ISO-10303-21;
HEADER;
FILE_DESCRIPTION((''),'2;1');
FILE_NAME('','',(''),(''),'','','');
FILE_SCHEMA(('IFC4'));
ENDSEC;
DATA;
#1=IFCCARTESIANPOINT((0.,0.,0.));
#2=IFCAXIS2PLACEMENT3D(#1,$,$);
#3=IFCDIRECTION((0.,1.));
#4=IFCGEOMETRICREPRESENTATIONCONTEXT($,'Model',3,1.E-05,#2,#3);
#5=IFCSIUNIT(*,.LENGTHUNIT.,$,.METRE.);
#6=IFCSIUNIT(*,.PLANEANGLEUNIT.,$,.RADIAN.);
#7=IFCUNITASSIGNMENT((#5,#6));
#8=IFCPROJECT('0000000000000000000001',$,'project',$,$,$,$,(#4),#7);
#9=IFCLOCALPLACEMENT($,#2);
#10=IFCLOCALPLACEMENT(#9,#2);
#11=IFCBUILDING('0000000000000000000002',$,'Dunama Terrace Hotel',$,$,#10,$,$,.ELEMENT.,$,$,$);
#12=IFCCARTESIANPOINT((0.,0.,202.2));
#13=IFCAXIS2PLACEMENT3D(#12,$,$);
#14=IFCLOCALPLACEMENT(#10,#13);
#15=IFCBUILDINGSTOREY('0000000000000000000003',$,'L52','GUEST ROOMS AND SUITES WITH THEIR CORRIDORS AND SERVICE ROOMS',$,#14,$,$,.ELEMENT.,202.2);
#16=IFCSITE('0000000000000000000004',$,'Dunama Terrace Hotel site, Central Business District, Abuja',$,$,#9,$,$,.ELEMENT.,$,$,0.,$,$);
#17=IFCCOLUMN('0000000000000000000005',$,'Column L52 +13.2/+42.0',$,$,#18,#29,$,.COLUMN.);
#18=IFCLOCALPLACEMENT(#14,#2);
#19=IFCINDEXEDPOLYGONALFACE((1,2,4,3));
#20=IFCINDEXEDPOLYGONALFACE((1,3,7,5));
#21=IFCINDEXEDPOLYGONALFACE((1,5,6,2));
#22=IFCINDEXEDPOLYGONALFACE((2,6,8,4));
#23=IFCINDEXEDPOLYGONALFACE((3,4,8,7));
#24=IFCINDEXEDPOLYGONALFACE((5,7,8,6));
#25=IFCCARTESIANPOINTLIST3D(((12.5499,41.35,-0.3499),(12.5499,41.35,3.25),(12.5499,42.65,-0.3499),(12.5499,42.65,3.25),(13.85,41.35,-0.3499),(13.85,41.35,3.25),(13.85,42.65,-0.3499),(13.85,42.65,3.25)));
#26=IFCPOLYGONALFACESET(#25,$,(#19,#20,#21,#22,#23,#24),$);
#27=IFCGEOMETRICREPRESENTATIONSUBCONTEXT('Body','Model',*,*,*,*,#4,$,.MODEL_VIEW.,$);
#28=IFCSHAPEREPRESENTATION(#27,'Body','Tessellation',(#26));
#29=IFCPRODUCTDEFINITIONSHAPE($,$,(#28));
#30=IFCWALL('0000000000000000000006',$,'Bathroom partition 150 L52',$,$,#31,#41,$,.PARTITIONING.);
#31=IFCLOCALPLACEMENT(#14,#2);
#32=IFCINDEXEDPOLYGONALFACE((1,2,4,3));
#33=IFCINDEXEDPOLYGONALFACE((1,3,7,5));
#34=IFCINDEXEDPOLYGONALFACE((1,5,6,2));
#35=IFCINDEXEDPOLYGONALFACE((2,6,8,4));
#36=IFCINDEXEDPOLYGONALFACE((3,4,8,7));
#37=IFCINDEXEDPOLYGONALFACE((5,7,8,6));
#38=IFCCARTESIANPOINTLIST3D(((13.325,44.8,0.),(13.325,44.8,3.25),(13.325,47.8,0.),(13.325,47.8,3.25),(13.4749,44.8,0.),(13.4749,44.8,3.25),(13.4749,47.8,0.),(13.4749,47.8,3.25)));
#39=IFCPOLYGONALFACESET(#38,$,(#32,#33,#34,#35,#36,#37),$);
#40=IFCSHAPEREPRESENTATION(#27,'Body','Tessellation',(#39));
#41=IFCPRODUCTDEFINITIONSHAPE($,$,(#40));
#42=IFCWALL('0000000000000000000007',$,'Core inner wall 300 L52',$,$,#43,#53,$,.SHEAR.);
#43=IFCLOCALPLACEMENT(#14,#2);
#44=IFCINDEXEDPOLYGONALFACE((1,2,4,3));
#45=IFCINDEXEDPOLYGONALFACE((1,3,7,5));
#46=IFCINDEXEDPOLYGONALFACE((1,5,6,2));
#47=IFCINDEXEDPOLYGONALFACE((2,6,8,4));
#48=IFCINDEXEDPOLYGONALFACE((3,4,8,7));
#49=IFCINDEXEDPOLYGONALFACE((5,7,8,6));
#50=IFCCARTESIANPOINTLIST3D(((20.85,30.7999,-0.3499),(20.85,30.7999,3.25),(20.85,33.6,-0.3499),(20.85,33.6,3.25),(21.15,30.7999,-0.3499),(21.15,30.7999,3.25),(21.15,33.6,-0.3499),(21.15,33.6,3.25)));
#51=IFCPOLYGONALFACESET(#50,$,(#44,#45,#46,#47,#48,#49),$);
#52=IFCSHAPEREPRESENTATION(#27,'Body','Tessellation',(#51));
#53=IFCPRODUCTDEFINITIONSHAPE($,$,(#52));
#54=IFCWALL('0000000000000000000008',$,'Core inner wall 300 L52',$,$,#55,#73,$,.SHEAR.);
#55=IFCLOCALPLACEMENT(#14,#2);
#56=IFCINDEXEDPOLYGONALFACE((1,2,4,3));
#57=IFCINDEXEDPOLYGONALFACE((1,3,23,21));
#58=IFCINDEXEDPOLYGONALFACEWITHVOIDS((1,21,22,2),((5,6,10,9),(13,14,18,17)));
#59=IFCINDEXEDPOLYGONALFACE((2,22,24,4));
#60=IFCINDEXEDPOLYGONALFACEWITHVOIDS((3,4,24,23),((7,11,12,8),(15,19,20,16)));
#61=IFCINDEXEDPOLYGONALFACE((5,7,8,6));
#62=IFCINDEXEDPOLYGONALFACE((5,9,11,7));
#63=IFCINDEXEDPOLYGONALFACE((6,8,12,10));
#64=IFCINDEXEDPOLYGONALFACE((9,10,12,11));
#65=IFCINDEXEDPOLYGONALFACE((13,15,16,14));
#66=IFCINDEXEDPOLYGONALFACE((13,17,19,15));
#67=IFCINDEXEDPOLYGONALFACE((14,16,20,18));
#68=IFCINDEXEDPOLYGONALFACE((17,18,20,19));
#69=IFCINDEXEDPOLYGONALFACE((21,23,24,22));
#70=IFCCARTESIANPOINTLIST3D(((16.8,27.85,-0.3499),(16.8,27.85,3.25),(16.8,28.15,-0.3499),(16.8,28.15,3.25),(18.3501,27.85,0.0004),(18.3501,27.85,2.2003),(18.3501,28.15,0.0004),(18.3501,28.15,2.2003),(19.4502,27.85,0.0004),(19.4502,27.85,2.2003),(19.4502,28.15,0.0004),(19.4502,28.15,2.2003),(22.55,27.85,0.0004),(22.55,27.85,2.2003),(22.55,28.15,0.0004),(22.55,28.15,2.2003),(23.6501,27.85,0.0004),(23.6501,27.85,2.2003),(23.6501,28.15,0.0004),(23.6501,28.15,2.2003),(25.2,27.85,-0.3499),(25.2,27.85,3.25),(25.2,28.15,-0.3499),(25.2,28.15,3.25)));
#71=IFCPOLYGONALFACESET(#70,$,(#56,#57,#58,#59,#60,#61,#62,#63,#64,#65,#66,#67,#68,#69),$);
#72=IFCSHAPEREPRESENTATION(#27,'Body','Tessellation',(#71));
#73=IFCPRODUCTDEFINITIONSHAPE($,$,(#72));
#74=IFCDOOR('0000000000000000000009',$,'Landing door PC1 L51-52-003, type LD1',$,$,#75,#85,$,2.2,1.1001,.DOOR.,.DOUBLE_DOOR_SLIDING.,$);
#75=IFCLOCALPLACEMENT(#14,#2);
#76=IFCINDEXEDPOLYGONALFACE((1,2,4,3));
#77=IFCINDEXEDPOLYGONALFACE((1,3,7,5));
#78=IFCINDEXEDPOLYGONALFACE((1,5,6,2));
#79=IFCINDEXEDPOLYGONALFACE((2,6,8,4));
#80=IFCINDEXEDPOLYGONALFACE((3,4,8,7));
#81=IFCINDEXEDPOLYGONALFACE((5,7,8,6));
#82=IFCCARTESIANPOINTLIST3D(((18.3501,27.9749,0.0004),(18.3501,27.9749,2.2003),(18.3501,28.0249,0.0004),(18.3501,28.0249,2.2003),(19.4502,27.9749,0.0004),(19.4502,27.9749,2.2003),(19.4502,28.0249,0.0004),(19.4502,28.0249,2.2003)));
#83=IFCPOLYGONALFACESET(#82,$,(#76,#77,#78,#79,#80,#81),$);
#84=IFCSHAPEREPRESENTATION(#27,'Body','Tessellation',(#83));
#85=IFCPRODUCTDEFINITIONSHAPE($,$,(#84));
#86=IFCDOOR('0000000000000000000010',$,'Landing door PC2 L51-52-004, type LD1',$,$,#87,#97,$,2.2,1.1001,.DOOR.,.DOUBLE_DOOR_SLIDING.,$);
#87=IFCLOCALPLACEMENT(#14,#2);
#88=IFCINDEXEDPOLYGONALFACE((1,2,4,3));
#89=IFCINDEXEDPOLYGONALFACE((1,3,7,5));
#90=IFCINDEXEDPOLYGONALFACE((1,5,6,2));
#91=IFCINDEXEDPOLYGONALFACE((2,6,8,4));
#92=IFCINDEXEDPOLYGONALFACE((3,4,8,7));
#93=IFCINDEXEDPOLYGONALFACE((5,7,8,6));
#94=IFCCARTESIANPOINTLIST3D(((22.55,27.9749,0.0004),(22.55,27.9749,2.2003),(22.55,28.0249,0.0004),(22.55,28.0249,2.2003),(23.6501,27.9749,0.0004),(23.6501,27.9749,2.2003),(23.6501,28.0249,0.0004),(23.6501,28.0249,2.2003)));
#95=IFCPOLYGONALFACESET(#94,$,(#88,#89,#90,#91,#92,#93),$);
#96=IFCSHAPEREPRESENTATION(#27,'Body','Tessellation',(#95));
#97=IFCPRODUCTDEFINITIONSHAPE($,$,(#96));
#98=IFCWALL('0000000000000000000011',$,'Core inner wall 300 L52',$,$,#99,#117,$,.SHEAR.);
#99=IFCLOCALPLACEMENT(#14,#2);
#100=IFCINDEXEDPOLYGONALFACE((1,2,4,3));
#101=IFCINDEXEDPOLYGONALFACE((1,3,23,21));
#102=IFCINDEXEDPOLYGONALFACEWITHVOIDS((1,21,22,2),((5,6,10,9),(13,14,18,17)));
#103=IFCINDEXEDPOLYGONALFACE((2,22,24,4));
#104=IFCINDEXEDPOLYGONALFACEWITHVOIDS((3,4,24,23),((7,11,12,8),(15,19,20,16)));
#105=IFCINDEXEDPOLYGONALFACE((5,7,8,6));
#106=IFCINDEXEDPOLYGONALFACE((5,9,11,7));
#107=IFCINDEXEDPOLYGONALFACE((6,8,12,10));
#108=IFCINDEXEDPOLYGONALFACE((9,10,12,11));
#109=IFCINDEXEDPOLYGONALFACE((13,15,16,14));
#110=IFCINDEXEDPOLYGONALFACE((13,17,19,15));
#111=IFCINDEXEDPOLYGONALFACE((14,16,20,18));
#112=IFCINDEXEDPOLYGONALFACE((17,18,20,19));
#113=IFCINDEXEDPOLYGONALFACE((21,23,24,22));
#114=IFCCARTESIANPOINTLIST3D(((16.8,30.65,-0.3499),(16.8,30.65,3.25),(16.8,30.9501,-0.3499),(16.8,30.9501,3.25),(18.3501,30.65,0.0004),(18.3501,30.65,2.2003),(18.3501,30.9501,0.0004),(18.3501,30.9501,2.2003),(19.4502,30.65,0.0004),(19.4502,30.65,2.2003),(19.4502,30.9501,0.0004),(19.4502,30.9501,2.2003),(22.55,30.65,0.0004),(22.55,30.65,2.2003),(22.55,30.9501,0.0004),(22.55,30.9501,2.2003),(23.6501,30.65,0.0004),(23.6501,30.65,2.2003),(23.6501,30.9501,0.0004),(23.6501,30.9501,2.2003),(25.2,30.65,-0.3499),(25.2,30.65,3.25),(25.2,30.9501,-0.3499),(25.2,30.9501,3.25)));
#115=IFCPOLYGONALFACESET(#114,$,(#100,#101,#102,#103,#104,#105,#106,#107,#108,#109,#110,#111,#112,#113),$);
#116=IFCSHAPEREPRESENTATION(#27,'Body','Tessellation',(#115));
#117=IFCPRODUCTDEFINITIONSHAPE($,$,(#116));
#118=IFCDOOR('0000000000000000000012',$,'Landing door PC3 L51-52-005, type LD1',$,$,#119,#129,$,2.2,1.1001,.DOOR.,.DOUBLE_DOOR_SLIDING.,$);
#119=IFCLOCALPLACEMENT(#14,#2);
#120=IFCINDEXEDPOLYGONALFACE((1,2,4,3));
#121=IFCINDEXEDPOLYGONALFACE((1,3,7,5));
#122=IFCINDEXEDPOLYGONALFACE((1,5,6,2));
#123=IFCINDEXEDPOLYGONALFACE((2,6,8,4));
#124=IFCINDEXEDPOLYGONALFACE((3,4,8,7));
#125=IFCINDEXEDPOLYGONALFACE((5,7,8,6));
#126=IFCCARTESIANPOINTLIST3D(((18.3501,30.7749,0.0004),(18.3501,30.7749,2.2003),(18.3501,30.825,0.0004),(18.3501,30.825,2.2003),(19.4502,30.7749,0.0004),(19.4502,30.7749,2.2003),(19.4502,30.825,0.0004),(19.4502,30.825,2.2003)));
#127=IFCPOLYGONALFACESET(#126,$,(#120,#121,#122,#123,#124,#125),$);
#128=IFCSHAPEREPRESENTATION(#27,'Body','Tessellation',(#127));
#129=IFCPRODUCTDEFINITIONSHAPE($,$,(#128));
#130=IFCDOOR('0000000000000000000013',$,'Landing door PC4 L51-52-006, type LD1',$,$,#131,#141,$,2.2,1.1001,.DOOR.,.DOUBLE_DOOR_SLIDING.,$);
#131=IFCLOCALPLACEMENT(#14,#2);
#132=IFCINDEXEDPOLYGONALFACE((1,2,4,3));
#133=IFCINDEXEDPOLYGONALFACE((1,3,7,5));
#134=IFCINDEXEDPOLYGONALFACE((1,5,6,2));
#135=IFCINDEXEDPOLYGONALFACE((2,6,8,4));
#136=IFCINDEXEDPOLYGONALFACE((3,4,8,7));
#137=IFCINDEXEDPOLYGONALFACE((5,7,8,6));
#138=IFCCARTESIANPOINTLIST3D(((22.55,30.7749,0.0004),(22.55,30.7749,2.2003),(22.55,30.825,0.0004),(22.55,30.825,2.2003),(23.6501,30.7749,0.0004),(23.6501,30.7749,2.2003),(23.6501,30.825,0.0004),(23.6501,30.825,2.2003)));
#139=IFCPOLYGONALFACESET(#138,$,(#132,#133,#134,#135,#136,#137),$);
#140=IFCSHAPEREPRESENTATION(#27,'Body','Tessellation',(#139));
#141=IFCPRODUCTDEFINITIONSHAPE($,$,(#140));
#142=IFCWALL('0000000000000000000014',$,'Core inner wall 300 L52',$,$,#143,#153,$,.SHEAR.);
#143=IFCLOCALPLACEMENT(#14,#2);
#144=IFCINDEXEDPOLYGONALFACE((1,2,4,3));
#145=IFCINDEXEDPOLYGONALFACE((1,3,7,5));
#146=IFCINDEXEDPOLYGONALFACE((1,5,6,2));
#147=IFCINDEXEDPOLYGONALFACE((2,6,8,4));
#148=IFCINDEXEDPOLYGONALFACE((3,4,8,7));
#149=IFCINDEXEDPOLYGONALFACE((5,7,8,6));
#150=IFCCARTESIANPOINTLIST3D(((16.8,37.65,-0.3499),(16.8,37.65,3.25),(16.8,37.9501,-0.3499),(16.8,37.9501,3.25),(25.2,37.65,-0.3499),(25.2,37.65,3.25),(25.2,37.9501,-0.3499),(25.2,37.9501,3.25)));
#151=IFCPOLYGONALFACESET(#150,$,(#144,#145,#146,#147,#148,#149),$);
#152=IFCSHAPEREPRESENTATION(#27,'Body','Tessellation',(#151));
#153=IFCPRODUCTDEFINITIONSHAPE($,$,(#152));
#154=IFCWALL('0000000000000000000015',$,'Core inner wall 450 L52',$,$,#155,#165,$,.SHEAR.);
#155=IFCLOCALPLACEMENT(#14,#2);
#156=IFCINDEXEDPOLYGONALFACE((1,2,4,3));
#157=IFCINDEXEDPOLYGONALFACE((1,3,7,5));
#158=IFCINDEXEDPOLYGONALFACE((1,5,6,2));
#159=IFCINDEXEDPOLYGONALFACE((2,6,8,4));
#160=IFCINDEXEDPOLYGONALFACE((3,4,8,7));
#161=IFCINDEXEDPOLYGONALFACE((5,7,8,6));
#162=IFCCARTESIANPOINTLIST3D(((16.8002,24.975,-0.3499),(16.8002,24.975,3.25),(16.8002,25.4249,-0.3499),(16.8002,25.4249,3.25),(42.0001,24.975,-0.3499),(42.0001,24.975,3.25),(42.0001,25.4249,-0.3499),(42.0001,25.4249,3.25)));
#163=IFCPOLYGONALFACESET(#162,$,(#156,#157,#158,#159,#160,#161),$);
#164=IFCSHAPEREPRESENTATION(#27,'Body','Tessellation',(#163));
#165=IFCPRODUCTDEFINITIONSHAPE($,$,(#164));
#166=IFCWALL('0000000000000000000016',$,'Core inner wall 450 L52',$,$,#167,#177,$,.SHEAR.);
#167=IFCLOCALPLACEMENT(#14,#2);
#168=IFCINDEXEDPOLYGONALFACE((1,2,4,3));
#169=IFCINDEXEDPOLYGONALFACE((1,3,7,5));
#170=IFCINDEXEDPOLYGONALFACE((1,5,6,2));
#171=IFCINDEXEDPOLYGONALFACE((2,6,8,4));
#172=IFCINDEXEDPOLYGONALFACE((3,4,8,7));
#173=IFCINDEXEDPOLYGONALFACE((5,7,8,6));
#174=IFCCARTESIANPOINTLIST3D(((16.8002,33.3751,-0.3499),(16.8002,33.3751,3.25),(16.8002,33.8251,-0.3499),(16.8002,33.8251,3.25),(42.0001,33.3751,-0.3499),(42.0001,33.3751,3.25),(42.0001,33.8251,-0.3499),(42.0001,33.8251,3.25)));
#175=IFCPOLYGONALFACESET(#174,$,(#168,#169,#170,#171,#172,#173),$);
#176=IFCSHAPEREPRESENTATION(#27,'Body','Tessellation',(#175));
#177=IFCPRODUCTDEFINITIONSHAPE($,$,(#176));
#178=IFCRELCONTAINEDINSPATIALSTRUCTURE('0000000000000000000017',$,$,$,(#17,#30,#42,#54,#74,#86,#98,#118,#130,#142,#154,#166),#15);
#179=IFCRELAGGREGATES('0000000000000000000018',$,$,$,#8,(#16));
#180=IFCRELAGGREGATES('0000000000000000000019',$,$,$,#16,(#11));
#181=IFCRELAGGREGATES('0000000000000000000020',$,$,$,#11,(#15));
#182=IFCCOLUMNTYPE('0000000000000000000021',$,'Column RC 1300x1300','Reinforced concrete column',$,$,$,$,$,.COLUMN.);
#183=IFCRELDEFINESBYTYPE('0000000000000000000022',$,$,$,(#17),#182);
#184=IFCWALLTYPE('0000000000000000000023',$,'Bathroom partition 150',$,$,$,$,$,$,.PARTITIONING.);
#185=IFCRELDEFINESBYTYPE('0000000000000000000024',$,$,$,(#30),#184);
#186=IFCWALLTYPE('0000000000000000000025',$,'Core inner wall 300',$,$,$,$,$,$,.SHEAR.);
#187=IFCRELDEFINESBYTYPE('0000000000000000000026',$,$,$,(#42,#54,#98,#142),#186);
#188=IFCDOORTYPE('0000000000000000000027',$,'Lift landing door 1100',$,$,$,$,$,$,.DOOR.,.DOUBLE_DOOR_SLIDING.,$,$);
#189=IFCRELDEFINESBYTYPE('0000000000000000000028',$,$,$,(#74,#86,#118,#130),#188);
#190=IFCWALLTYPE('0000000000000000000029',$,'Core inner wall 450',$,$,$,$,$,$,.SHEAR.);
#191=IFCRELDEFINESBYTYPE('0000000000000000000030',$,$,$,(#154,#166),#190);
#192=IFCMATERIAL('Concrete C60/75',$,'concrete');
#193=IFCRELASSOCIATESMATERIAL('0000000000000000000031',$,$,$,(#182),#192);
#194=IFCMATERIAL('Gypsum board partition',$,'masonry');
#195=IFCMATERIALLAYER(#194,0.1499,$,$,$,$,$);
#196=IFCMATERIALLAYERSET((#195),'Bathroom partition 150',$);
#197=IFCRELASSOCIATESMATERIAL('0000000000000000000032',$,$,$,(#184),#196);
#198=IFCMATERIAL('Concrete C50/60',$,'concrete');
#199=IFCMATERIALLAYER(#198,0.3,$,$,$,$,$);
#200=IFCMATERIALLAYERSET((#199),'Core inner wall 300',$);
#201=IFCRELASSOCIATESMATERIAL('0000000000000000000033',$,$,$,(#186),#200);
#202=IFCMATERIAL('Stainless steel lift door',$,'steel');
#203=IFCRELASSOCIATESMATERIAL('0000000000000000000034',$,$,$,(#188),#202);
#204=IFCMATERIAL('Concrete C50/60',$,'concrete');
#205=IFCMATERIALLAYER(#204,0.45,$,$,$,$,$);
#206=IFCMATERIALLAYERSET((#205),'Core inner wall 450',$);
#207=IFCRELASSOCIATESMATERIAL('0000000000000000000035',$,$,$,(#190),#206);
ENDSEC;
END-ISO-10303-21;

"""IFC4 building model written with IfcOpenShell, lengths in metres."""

from ifc_helpers import new_model, si_unit, direction, frame, frame_2d, origin, origin_2d, place, context, subcontext, project, spatial, rectangle, extrude, material, layer, layer_set, material_profile, profile_set, type_object, element, fill, save


model = new_model("IFC4")

# Units and contexts
model_context = context("Model", 3, precision=1e-05, world=origin(), true_north=direction((0.0, 1.0)))
body_context = subcontext(model_context, "Body", "Model", "MODEL_VIEW")
ifc_project = project(units=[si_unit("LENGTHUNIT", "METRE"), si_unit("PLANEANGLEUNIT", "RADIAN")], contexts=[model_context])

# Site, building, storey
site_placement = place(None, origin())
site = spatial("IfcSite", under=ifc_project, at=site_placement, Name="Dunama Terrace Hotel site, Central Business District, Abuja", CompositionType="ELEMENT", RefElevation=0.0)
building_placement = place(site_placement, origin())
building = spatial("IfcBuilding", under=site, at=building_placement, Name="Dunama Terrace Hotel", CompositionType="ELEMENT")
storey_placement = place(building_placement, frame((0.0, 0.0, 202.2)))
storey = spatial("IfcBuildingStorey", under=building, at=storey_placement, Name="L52", Description="GUEST ROOMS AND SUITES WITH THEIR CORRIDORS AND SERVICE ROOMS", CompositionType="ELEMENT", Elevation=202.2)

# Column
ifc_material_1 = material(Name="Concrete C60/75", Category="concrete")
ifc_material_profile = material_profile(ifc_material_1, rectangle(XDim=1.3, YDim=1.3, at=origin_2d()), Name="RC 1300x1300")
ifc_profile_set = profile_set([ifc_material_profile], Name="Concrete C60/75")
column_type = type_object("IfcColumnType", Name="Column RC 1300x1300", Description="Reinforced concrete column", PredefinedType="COLUMN", material=ifc_profile_set)
column_placement = place(storey_placement, frame((13.2, 42.0, -0.3499), z_axis=(0.0, 0.0, 1.0), x_axis=(1.0, 0.0, 0.0)))
element("IfcColumn", 1, at=column_placement, inside=storey, type_object=column_type, Name="Column L52 +13.2/+42.0", PredefinedType="COLUMN", context=body_context, shape_type="SweptSolid", body=[
    extrude(rectangle(XDim=1.3, YDim=1.3, at=origin_2d()), origin(), (0.0, 0.0, 1.0), 3.5999),
])

# Walls
ifc_material_2 = material(Name="Gypsum board partition", Category="masonry")
ifc_layer_1 = layer(ifc_material_2, 0.1499)
ifc_layer_set_1 = layer_set([ifc_layer_1], Name="Bathroom partition 150")
wall_type_1 = type_object("IfcWallType", Name="Bathroom partition 150", PredefinedType="PARTITIONING", material=ifc_layer_set_1)
wall_1_placement = place(storey_placement, frame((13.3999, 44.8, 0.0), z_axis=(0.0, 0.0, 1.0), x_axis=(0.0, 1.0, 0.0)))
element("IfcWall", 2, at=wall_1_placement, inside=storey, type_object=wall_type_1, Name="Bathroom partition 150 L52", PredefinedType="PARTITIONING", context=body_context, shape_type="SweptSolid", body=[
    extrude(rectangle(XDim=3.0, YDim=0.1499, at=frame_2d((1.5, 0.0))), origin(), (0.0, 0.0, 1.0), 3.25),
])
ifc_material_3 = material(Name="Concrete C50/60", Category="concrete")
ifc_layer_2 = layer(ifc_material_3, 0.3)
ifc_layer_set_2 = layer_set([ifc_layer_2], Name="Core inner wall 300")
wall_type_2 = type_object("IfcWallType", Name="Core inner wall 300", PredefinedType="SHEAR", material=ifc_layer_set_2)
wall_2_placement = place(storey_placement, frame((21.0, 30.8, -0.3499), z_axis=(0.0, 0.0, 1.0), x_axis=(0.0, 1.0, 0.0)))
element("IfcWall", 3, at=wall_2_placement, inside=storey, type_object=wall_type_2, Name="Core inner wall 300 L52", PredefinedType="SHEAR", context=body_context, shape_type="SweptSolid", body=[
    extrude(rectangle(XDim=2.8, YDim=0.3, at=frame_2d((1.3999, 0.0))), origin(), (0.0, 0.0, 1.0), 3.5999),
])

# Walls, openings, doors
wall_3_placement = place(storey_placement, frame((16.8, 28.0, -0.3499), z_axis=(0.0, 0.0, 1.0), x_axis=(1.0, 0.0, 0.0)))
wall_3 = element("IfcWall", 4, at=wall_3_placement, inside=storey, type_object=wall_type_2, Name="Core inner wall 300 L52", PredefinedType="SHEAR", context=body_context, shape_type="SweptSolid", body=[
    extrude(rectangle(XDim=8.3999, YDim=0.3, at=frame_2d((4.2, 0.0))), origin(), (0.0, 0.0, 1.0), 3.5999),
])
opening_1_placement = place(wall_3_placement, frame((1.55, 0.0, 0.3501)))
opening_1 = element("IfcOpeningElement", 5, at=opening_1_placement, cuts=wall_3, PredefinedType="OPENING", context=body_context, shape_type="SweptSolid", body=[
    extrude(rectangle(XDim=1.1001, YDim=2.2, at=frame_2d((0.55, 1.1001))), frame((0.0, 0.1599, 0.0), z_axis=(0.0, -1.0, 0.0), x_axis=(1.0, 0.0, 0.0)), (0.0, 0.0, 1.0), 0.3201),
])
opening_2_placement = place(wall_3_placement, frame((5.75, 0.0, 0.3501)))
opening_2 = element("IfcOpeningElement", 6, at=opening_2_placement, cuts=wall_3, PredefinedType="OPENING", context=body_context, shape_type="SweptSolid", body=[
    extrude(rectangle(XDim=1.1001, YDim=2.2, at=frame_2d((0.55, 1.1001))), frame((0.0, 0.1599, 0.0), z_axis=(0.0, -1.0, 0.0), x_axis=(1.0, 0.0, 0.0)), (0.0, 0.0, 1.0), 0.3201),
])
ifc_material_4 = material(Name="Stainless steel lift door", Category="steel")
door_type_1 = type_object("IfcDoorType", Name="Lift landing door 1100", OperationType="DOUBLE_DOOR_SLIDING", PredefinedType="DOOR", material=ifc_material_4)
door_1_placement = place(opening_1_placement, origin())
door_1 = element("IfcDoor", 7, at=door_1_placement, inside=storey, type_object=door_type_1, Name="Landing door PC1 L51-52-003, type LD1", OperationType="DOUBLE_DOOR_SLIDING", OverallHeight=2.2, OverallWidth=1.1001, PredefinedType="DOOR", context=body_context, shape_type="SweptSolid", body=[
    extrude(rectangle(XDim=1.1001, YDim=2.2, at=frame_2d((0.55, 1.1001))), frame((0.0, 0.0249, 0.0), z_axis=(0.0, -1.0, 0.0), x_axis=(1.0, 0.0, 0.0)), (0.0, 0.0, 1.0), 0.05),
])
fill(opening_1, door_1)
door_2_placement = place(opening_2_placement, origin())
door_2 = element("IfcDoor", 8, at=door_2_placement, inside=storey, type_object=door_type_1, Name="Landing door PC2 L51-52-004, type LD1", OperationType="DOUBLE_DOOR_SLIDING", OverallHeight=2.2, OverallWidth=1.1001, PredefinedType="DOOR", context=body_context, shape_type="SweptSolid", body=[
    extrude(rectangle(XDim=1.1001, YDim=2.2, at=frame_2d((0.55, 1.1001))), frame((0.0, 0.0249, 0.0), z_axis=(0.0, -1.0, 0.0), x_axis=(1.0, 0.0, 0.0)), (0.0, 0.0, 1.0), 0.05),
])
fill(opening_2, door_2)
wall_4_placement = place(storey_placement, frame((16.8, 30.8, -0.3499), z_axis=(0.0, 0.0, 1.0), x_axis=(1.0, 0.0, 0.0)))
wall_4 = element("IfcWall", 9, at=wall_4_placement, inside=storey, type_object=wall_type_2, Name="Core inner wall 300 L52", PredefinedType="SHEAR", context=body_context, shape_type="SweptSolid", body=[
    extrude(rectangle(XDim=8.3999, YDim=0.3, at=frame_2d((4.2, 0.0))), origin(), (0.0, 0.0, 1.0), 3.5999),
])
opening_3_placement = place(wall_4_placement, frame((1.55, 0.0, 0.3501)))
opening_3 = element("IfcOpeningElement", 10, at=opening_3_placement, cuts=wall_4, PredefinedType="OPENING", context=body_context, shape_type="SweptSolid", body=[
    extrude(rectangle(XDim=1.1001, YDim=2.2, at=frame_2d((0.55, 1.1001))), frame((0.0, 0.1599, 0.0), z_axis=(0.0, -1.0, 0.0), x_axis=(1.0, 0.0, 0.0)), (0.0, 0.0, 1.0), 0.3201),
])
opening_4_placement = place(wall_4_placement, frame((5.75, 0.0, 0.3501)))
opening_4 = element("IfcOpeningElement", 11, at=opening_4_placement, cuts=wall_4, PredefinedType="OPENING", context=body_context, shape_type="SweptSolid", body=[
    extrude(rectangle(XDim=1.1001, YDim=2.2, at=frame_2d((0.55, 1.1001))), frame((0.0, 0.1599, 0.0), z_axis=(0.0, -1.0, 0.0), x_axis=(1.0, 0.0, 0.0)), (0.0, 0.0, 1.0), 0.3201),
])
door_3_placement = place(opening_3_placement, origin())
door_3 = element("IfcDoor", 12, at=door_3_placement, inside=storey, type_object=door_type_1, Name="Landing door PC3 L51-52-005, type LD1", OperationType="DOUBLE_DOOR_SLIDING", OverallHeight=2.2, OverallWidth=1.1001, PredefinedType="DOOR", context=body_context, shape_type="SweptSolid", body=[
    extrude(rectangle(XDim=1.1001, YDim=2.2, at=frame_2d((0.55, 1.1001))), frame((0.0, 0.0249, 0.0), z_axis=(0.0, -1.0, 0.0), x_axis=(1.0, 0.0, 0.0)), (0.0, 0.0, 1.0), 0.05),
])
fill(opening_3, door_3)
door_4_placement = place(opening_4_placement, origin())
door_4 = element("IfcDoor", 13, at=door_4_placement, inside=storey, type_object=door_type_1, Name="Landing door PC4 L51-52-006, type LD1", OperationType="DOUBLE_DOOR_SLIDING", OverallHeight=2.2, OverallWidth=1.1001, PredefinedType="DOOR", context=body_context, shape_type="SweptSolid", body=[
    extrude(rectangle(XDim=1.1001, YDim=2.2, at=frame_2d((0.55, 1.1001))), frame((0.0, 0.0249, 0.0), z_axis=(0.0, -1.0, 0.0), x_axis=(1.0, 0.0, 0.0)), (0.0, 0.0, 1.0), 0.05),
])
fill(opening_4, door_4)

# Walls
wall_5_placement = place(storey_placement, frame((16.8, 37.8, -0.3499), z_axis=(0.0, 0.0, 1.0), x_axis=(1.0, 0.0, 0.0)))
element("IfcWall", 14, at=wall_5_placement, inside=storey, type_object=wall_type_2, Name="Core inner wall 300 L52", PredefinedType="SHEAR", context=body_context, shape_type="SweptSolid", body=[
    extrude(rectangle(XDim=8.3999, YDim=0.3, at=frame_2d((4.2, 0.0))), origin(), (0.0, 0.0, 1.0), 3.5999),
])
ifc_material_5 = material(Name="Concrete C50/60", Category="concrete")
ifc_layer_3 = layer(ifc_material_5, 0.45)
ifc_layer_set_3 = layer_set([ifc_layer_3], Name="Core inner wall 450")
wall_type_3 = type_object("IfcWallType", Name="Core inner wall 450", PredefinedType="SHEAR", material=ifc_layer_set_3)
for number, where, z_axis, x_axis, name in (
    (15, (16.8, 25.2, -0.3499), (0.0, 0.0, 1.0), (1.0, 0.0, 0.0), "Core inner wall 450 L52"),
    (16, (16.8, 33.6001, -0.3499), (0.0, 0.0, 1.0), (1.0, 0.0, 0.0), "Core inner wall 450 L52"),
):
    element("IfcWall", number, at=place(storey_placement, frame(where, z_axis=z_axis, x_axis=x_axis)), inside=storey, type_object=wall_type_3, Name=name, PredefinedType="SHEAR", context=body_context, shape_type="SweptSolid", body=[
        extrude(rectangle(XDim=25.2, YDim=0.45, at=frame_2d((12.6001, 0.0))), origin(), (0.0, 0.0, 1.0), 3.5999),
    ])

save(model, "model.ifc")
